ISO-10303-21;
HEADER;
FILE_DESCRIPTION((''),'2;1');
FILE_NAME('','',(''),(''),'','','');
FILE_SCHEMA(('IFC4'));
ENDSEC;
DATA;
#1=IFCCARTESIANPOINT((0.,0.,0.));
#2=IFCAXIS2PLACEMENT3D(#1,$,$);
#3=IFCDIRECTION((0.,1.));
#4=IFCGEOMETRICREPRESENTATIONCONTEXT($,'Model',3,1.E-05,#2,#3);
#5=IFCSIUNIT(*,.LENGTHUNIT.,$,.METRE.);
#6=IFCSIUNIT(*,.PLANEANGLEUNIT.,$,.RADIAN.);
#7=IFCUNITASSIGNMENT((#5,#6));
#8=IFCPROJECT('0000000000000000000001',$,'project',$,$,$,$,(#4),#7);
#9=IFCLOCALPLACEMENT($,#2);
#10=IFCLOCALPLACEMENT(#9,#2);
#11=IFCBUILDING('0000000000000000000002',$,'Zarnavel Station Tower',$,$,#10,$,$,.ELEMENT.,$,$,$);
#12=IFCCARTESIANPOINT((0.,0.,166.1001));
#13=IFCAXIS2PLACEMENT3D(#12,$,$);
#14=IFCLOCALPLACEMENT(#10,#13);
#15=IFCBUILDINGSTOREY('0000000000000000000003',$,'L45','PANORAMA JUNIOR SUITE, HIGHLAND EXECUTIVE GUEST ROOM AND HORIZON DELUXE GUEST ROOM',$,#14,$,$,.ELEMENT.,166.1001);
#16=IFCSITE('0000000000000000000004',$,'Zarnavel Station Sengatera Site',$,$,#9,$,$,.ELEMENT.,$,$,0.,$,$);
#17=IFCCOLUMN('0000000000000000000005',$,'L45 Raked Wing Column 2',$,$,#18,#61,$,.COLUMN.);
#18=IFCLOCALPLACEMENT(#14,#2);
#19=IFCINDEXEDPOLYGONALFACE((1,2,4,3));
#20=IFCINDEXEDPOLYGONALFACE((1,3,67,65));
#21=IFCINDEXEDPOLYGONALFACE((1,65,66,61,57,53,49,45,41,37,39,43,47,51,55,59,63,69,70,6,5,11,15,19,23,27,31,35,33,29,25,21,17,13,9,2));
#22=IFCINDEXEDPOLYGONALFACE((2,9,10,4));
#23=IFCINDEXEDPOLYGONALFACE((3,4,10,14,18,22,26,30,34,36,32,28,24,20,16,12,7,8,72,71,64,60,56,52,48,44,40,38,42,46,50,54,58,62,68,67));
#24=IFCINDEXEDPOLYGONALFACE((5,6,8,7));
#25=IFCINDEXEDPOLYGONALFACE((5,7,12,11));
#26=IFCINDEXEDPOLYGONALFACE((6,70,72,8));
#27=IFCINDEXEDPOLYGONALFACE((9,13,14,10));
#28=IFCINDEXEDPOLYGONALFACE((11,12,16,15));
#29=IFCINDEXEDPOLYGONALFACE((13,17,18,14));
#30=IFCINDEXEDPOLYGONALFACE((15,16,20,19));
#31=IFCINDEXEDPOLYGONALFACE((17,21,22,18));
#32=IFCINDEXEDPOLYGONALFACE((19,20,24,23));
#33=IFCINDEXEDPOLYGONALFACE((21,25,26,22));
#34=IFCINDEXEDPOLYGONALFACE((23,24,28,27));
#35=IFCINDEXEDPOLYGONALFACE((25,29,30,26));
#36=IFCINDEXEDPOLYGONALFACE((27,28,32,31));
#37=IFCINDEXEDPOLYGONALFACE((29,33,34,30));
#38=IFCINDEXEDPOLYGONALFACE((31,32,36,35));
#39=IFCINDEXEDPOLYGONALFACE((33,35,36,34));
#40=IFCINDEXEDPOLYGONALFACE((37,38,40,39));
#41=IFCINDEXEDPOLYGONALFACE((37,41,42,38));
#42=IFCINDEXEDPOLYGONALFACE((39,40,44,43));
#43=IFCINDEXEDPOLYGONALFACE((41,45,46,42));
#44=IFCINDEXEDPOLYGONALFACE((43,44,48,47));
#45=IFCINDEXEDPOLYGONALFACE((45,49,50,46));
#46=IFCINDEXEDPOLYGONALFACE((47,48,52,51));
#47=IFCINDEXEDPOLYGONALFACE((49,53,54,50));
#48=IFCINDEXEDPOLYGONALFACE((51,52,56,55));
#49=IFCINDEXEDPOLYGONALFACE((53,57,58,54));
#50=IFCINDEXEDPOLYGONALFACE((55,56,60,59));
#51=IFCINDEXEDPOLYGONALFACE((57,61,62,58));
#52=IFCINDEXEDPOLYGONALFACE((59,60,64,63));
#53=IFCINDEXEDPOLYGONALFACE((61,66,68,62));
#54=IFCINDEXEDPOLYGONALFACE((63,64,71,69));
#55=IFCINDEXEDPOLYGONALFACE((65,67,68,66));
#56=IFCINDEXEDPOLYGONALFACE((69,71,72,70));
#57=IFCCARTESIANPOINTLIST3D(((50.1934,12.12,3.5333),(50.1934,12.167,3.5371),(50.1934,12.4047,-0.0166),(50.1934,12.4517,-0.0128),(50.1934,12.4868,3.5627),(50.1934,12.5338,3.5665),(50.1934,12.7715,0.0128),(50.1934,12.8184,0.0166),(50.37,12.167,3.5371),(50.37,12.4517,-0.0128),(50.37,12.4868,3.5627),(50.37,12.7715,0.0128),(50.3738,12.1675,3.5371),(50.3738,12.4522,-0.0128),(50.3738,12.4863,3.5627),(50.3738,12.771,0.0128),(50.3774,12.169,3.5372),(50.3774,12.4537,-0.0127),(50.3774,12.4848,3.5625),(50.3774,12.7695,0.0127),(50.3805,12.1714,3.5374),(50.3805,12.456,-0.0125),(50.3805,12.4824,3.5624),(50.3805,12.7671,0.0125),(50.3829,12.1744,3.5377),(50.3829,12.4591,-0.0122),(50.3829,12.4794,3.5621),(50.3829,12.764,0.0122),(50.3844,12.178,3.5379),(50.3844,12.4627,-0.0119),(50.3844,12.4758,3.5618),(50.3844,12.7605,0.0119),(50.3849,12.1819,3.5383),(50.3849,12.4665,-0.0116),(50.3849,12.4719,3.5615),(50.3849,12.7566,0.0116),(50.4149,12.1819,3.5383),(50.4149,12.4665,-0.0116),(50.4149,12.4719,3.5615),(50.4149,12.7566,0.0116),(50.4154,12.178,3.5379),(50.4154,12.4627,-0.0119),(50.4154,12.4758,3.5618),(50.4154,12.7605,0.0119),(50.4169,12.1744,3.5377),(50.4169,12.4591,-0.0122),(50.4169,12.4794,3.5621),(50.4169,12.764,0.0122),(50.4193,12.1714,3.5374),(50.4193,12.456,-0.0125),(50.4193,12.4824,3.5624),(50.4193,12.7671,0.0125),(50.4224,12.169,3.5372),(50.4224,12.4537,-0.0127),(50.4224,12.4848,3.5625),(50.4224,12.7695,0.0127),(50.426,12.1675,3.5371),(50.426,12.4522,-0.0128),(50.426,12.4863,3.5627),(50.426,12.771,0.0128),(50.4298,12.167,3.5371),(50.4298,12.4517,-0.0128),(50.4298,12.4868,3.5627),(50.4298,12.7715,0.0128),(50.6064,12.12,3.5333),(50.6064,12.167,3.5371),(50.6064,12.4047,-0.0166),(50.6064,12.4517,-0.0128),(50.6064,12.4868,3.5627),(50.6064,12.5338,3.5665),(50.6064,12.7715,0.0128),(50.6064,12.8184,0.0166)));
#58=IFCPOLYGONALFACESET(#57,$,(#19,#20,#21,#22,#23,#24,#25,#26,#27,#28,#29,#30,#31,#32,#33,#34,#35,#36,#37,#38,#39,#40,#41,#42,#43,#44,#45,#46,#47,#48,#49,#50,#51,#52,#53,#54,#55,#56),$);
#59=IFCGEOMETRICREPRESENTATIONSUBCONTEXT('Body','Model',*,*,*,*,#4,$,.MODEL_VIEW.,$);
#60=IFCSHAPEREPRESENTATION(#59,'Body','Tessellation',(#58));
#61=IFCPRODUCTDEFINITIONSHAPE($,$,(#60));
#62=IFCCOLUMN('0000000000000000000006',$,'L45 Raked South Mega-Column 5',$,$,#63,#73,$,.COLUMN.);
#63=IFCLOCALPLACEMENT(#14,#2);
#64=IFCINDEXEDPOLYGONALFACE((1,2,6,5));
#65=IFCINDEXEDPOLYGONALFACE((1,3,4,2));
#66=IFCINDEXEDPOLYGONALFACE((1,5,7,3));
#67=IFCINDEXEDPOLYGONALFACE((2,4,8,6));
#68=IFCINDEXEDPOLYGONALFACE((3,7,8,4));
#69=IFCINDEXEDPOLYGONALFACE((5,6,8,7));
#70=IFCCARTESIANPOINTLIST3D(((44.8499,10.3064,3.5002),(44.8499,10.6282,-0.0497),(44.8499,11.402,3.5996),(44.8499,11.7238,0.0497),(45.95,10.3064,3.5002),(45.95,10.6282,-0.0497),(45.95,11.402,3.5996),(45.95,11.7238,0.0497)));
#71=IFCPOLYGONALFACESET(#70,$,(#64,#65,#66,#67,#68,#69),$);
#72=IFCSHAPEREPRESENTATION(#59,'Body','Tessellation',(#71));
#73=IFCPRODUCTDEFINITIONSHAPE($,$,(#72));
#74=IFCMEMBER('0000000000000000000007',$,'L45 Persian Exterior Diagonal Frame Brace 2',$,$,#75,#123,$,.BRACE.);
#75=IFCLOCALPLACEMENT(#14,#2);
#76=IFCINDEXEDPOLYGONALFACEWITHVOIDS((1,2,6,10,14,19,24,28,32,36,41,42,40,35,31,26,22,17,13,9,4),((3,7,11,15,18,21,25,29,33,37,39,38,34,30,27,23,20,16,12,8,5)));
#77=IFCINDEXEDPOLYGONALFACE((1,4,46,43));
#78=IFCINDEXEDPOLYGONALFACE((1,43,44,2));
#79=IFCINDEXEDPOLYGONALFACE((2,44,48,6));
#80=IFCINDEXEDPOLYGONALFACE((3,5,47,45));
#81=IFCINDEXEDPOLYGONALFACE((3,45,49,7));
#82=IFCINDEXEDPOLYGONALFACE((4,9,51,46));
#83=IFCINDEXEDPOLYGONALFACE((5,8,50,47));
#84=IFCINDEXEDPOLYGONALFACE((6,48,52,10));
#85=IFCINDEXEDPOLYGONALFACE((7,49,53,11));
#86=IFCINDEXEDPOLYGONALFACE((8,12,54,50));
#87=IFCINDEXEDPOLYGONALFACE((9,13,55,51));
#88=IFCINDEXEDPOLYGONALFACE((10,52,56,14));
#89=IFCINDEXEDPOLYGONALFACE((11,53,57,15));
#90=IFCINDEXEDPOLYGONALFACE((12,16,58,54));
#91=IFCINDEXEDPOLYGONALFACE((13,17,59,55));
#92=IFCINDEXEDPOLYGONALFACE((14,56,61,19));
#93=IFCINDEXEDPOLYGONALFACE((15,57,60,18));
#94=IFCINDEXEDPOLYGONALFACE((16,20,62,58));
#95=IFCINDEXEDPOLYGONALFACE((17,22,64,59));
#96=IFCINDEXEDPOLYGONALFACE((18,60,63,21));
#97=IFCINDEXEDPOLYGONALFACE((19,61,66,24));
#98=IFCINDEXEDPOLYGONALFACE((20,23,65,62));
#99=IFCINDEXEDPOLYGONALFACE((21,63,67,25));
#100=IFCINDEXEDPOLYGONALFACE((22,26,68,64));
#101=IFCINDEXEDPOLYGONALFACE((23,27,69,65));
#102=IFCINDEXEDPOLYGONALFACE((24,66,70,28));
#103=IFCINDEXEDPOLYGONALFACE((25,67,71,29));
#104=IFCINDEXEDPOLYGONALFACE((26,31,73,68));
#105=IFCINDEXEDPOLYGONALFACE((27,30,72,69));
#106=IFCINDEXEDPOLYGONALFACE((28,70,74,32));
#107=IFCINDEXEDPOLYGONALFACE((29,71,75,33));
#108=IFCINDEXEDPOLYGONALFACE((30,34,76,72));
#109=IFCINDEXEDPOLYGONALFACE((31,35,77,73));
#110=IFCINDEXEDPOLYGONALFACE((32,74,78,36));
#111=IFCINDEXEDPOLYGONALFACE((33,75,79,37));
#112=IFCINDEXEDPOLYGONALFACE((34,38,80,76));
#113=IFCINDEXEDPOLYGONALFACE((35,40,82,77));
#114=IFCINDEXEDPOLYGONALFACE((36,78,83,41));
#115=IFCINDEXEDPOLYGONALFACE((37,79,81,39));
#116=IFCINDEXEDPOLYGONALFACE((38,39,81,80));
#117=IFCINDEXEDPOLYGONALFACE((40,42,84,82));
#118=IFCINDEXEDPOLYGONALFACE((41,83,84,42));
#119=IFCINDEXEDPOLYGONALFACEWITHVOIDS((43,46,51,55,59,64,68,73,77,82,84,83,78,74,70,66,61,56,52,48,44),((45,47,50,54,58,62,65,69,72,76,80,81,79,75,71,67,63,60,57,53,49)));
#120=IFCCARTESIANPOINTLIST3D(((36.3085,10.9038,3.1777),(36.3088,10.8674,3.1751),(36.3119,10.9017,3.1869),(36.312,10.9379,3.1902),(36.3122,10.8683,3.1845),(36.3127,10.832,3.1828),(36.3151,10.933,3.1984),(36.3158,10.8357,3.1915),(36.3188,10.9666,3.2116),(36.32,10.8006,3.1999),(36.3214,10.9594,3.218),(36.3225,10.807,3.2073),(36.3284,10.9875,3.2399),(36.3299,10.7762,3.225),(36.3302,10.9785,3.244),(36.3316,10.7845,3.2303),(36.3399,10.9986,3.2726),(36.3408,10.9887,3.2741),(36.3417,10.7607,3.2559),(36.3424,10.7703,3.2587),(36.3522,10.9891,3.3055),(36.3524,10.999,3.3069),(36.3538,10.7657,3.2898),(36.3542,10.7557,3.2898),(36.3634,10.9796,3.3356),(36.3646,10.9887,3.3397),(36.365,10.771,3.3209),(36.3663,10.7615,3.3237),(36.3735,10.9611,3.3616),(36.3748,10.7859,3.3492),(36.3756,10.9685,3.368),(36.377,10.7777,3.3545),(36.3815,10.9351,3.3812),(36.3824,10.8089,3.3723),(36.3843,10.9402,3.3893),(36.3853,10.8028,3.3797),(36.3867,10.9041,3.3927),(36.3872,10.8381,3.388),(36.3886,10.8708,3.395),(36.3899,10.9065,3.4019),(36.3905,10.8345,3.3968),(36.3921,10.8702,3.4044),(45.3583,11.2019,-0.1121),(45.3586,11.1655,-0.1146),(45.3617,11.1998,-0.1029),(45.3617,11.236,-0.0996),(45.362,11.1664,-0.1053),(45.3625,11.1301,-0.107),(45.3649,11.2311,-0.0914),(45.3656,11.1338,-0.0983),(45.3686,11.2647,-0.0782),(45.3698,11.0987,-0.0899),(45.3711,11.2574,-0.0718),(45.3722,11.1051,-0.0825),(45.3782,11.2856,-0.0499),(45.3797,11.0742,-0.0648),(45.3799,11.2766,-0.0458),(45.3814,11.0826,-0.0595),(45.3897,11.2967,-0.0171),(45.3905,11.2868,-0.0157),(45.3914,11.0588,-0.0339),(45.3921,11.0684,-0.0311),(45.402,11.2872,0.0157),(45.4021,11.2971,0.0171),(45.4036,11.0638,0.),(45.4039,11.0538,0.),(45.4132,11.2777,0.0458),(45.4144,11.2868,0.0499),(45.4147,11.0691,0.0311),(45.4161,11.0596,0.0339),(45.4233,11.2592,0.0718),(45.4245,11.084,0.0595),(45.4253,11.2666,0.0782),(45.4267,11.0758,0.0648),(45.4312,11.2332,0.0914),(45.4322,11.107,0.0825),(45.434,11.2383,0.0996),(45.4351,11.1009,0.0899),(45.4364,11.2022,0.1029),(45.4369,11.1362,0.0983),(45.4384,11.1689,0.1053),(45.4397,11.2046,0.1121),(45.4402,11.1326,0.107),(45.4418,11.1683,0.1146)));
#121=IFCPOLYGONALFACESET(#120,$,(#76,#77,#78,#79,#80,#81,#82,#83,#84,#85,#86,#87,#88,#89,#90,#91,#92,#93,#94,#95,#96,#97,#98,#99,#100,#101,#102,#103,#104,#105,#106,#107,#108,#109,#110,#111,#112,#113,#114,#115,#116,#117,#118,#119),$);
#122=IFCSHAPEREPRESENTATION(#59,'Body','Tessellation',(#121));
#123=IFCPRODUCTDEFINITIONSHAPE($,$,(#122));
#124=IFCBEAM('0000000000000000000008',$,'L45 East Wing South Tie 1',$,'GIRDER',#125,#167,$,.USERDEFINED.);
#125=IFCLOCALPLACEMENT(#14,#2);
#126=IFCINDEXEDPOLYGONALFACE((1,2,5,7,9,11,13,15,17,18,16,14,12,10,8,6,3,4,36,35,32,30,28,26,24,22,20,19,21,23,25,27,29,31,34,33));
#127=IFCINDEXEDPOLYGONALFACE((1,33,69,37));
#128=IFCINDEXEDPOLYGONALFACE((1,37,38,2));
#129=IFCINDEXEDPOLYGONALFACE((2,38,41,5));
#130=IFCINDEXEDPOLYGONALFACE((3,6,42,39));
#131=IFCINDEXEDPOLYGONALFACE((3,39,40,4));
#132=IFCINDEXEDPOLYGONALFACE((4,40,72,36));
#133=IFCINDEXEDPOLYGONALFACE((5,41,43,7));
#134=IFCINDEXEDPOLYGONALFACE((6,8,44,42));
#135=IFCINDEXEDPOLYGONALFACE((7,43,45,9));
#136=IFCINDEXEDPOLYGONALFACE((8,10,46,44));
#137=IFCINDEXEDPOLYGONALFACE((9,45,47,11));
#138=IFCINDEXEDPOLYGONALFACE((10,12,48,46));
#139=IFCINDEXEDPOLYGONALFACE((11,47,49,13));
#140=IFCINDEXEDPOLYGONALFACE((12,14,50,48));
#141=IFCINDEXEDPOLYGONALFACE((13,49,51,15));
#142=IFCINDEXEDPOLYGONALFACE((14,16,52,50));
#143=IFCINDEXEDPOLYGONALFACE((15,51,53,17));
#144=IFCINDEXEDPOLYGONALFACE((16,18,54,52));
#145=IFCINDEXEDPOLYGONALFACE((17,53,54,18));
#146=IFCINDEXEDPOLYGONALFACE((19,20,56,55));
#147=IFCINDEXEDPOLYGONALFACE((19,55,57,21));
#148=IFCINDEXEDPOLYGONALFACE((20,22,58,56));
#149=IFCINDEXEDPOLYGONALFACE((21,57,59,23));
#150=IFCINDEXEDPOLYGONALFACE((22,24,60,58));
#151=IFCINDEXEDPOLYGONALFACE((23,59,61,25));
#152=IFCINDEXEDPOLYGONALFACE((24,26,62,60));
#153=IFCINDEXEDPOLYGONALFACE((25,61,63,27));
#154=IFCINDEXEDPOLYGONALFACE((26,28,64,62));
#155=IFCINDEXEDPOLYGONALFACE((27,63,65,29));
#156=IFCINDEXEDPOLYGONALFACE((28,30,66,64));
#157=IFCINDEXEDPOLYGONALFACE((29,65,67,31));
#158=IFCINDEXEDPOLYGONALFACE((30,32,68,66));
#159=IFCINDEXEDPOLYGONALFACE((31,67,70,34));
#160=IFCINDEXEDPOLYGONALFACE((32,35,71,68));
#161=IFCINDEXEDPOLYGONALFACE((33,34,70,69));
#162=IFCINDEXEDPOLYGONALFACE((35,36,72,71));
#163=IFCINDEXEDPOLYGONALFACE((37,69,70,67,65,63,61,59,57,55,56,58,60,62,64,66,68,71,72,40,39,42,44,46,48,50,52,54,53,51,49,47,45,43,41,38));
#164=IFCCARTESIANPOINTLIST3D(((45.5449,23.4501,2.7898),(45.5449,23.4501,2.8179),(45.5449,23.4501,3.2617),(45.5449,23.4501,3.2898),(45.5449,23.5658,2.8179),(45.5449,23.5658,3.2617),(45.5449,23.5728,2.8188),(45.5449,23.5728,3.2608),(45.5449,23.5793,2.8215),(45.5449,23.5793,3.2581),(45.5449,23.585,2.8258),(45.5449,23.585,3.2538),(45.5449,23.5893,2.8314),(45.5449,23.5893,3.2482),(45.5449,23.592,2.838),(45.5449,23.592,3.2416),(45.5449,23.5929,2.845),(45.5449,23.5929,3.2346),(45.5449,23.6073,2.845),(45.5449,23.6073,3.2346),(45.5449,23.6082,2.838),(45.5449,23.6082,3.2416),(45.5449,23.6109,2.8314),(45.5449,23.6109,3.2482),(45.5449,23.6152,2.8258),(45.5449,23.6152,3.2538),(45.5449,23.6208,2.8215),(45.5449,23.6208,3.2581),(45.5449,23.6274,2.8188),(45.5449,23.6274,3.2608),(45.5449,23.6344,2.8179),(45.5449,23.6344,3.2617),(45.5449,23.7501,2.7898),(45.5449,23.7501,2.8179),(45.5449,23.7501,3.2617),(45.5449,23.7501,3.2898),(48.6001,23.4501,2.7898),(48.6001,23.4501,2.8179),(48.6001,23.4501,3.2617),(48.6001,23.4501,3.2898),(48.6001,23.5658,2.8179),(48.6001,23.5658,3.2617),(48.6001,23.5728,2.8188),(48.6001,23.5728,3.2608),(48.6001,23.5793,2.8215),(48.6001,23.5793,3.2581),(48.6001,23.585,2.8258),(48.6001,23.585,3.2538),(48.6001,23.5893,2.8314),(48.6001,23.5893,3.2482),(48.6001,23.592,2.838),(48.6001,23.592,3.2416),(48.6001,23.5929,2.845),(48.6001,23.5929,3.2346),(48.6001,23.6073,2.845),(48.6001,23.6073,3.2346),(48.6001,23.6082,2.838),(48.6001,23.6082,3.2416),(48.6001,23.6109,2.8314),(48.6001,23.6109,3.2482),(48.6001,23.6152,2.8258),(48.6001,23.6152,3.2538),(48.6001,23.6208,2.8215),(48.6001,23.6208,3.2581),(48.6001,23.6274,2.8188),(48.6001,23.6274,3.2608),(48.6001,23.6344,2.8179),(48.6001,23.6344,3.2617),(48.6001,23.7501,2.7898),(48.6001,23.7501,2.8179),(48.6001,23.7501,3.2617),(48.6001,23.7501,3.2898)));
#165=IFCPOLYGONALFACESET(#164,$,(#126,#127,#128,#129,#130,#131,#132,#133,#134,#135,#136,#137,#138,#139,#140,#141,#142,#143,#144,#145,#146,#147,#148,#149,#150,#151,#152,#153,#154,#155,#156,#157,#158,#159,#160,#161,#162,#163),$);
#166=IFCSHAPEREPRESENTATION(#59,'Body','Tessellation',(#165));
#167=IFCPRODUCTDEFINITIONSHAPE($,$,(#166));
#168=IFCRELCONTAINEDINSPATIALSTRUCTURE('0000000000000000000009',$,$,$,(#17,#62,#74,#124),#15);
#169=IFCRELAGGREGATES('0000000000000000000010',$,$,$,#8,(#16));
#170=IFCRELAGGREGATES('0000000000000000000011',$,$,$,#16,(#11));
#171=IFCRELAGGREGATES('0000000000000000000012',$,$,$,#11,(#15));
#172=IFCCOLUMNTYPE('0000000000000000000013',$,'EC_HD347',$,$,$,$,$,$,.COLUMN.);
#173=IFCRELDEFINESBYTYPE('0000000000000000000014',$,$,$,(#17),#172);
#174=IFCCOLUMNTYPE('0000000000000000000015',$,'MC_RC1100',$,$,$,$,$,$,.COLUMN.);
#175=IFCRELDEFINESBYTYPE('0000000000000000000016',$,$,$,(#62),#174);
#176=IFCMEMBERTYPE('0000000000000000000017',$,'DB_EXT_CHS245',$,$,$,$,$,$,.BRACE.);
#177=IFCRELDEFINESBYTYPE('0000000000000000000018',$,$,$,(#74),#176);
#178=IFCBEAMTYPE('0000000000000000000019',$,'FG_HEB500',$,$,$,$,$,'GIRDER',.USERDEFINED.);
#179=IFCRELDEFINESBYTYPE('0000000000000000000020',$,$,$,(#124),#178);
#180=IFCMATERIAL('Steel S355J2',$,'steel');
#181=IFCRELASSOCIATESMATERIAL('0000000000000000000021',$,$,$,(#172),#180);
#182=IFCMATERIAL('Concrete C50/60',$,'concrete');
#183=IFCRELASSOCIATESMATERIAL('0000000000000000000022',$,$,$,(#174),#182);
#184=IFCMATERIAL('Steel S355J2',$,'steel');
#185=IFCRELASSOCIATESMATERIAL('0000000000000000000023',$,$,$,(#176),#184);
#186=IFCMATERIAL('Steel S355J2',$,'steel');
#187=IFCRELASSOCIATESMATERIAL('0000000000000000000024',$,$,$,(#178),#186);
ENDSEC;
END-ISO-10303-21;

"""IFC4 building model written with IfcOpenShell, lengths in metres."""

from ifc_helpers import new_model, si_unit, direction, frame, origin, origin_2d, place, context, subcontext, project, spatial, rectangle, hollow_circle, i_section, extrude, material, material_profile, profile_set, type_object, element, save


model = new_model("IFC4")

# Units and contexts
model_context = context("Model", 3, precision=1e-05, world=origin(), true_north=direction((0.0, 1.0)))
body_context = subcontext(model_context, "Body", "Model", "MODEL_VIEW")
ifc_project = project(units=[si_unit("LENGTHUNIT", "METRE"), si_unit("PLANEANGLEUNIT", "RADIAN")], contexts=[model_context])

# Site, building, storey
site_placement = place(None, origin())
site = spatial("IfcSite", under=ifc_project, at=site_placement, Name="Zarnavel Station Sengatera Site", CompositionType="ELEMENT", RefElevation=0.0)
building_placement = place(site_placement, origin())
building = spatial("IfcBuilding", under=site, at=building_placement, Name="Zarnavel Station Tower", CompositionType="ELEMENT")
storey_placement = place(building_placement, frame((0.0, 0.0, 166.1001)))
storey = spatial("IfcBuildingStorey", under=building, at=storey_placement, Name="L45", Description="PANORAMA JUNIOR SUITE, HIGHLAND EXECUTIVE GUEST ROOM AND HORIZON DELUXE GUEST ROOM", CompositionType="ELEMENT", Elevation=166.1001)

# Columns
ifc_material_1 = material(Name="Steel S355J2", Category="steel")
ifc_material_profile_1 = material_profile(ifc_material_1, i_section(OverallWidth=0.4131, OverallDepth=0.415, WebThickness=0.03, FlangeThickness=0.0471, FilletRadius=0.0149, at=origin_2d()), Name="HD400x347")
ifc_profile_set_1 = profile_set([ifc_material_profile_1], Name="Steel S355J2")
column_type_1 = type_object("IfcColumnType", Name="EC_HD347", PredefinedType="COLUMN", material=ifc_profile_set_1)
column_1_placement = place(storey_placement, frame((50.3999, 12.6116, 0.0), z_axis=(0.0, -0.079936, 0.9968), x_axis=(1.0, 0.0, 0.0)))
element("IfcColumn", 1, at=column_1_placement, inside=storey, type_object=column_type_1, Name="L45 Raked Wing Column 2", PredefinedType="COLUMN", context=body_context, shape_type="SweptSolid", body=[
    extrude(i_section(OverallWidth=0.4131, OverallDepth=0.415, WebThickness=0.03, FlangeThickness=0.0471, FilletRadius=0.0149, at=origin_2d()), origin(), (0.0, 0.0, 1.0), 3.5613),
])
ifc_material_2 = material(Name="Concrete C50/60", Category="concrete")
ifc_material_profile_2 = material_profile(ifc_material_2, rectangle(XDim=1.1001, YDim=1.1001, at=origin_2d()), Name="RC1100x1100")
ifc_profile_set_2 = profile_set([ifc_material_profile_2], Name="Concrete C50/60")
column_type_2 = type_object("IfcColumnType", Name="MC_RC1100", PredefinedType="COLUMN", material=ifc_profile_set_2)
column_2_placement = place(storey_placement, frame((45.3999, 11.176, 0.0), z_axis=(0.0, -0.090276, 0.995917), x_axis=(1.0, 0.0, 0.0)))
element("IfcColumn", 2, at=column_2_placement, inside=storey, type_object=column_type_2, Name="L45 Raked South Mega-Column 5", PredefinedType="COLUMN", context=body_context, shape_type="SweptSolid", body=[
    extrude(rectangle(XDim=1.1001, YDim=1.1001, at=origin_2d()), origin(), (0.0, 0.0, 1.0), 3.5645),
])

# Member
ifc_material_3 = material(Name="Steel S355J2", Category="steel")
ifc_material_profile_3 = material_profile(ifc_material_3, hollow_circle(Radius=0.1223, WallThickness=0.01, at=origin_2d()), Name="CHS244.5x10")
ifc_profile_set_3 = profile_set([ifc_material_profile_3], Name="Steel S355J2")
member_type = type_object("IfcMemberType", Name="DB_EXT_CHS245", PredefinedType="BRACE", material=ifc_profile_set_3)
member_placement = place(storey_placement, frame((45.3999, 11.176, 0.0), z_axis=(-0.939378, -0.030943, 0.341484), x_axis=(0.032922, -0.999458, 0.0)))
element("IfcMember", 3, at=member_placement, inside=storey, type_object=member_type, Name="L45 Persian Exterior Diagonal Frame Brace 2", PredefinedType="BRACE", context=body_context, shape_type="SweptSolid", body=[
    extrude(hollow_circle(Radius=0.1223, WallThickness=0.01, at=origin_2d()), origin(), (0.0, 0.0, 1.0), 9.6338),
])

# Beam
ifc_material_4 = material(Name="Steel S355J2", Category="steel")
ifc_material_profile_4 = material_profile(ifc_material_4, i_section(OverallWidth=0.3, OverallDepth=0.5, WebThickness=0.0144, FlangeThickness=0.0281, FilletRadius=0.0271, at=origin_2d()), Name="HEB500")
ifc_profile_set_4 = profile_set([ifc_material_profile_4], Name="Steel S355J2")
beam_type_1 = type_object("IfcBeamType", Name="FG_HEB500", ElementType="GIRDER", PredefinedType="USERDEFINED", material=ifc_profile_set_4)
beam_1_placement = place(storey_placement, frame((45.5449, 23.6001, 3.0398), z_axis=(1.0, 0.0, 0.0), x_axis=(0.0, 1.0, 0.0)))
element("IfcBeam", 4, at=beam_1_placement, inside=storey, type_object=beam_type_1, Name="L45 East Wing South Tie 1", ObjectType="GIRDER", PredefinedType="USERDEFINED", context=body_context, shape_type="SweptSolid", body=[
    extrude(i_section(OverallWidth=0.3, OverallDepth=0.5, WebThickness=0.0144, FlangeThickness=0.0281, FilletRadius=0.0271, at=origin_2d()), origin(), (0.0, 0.0, 1.0), 3.0552),
])

save(model, "model.ifc")
